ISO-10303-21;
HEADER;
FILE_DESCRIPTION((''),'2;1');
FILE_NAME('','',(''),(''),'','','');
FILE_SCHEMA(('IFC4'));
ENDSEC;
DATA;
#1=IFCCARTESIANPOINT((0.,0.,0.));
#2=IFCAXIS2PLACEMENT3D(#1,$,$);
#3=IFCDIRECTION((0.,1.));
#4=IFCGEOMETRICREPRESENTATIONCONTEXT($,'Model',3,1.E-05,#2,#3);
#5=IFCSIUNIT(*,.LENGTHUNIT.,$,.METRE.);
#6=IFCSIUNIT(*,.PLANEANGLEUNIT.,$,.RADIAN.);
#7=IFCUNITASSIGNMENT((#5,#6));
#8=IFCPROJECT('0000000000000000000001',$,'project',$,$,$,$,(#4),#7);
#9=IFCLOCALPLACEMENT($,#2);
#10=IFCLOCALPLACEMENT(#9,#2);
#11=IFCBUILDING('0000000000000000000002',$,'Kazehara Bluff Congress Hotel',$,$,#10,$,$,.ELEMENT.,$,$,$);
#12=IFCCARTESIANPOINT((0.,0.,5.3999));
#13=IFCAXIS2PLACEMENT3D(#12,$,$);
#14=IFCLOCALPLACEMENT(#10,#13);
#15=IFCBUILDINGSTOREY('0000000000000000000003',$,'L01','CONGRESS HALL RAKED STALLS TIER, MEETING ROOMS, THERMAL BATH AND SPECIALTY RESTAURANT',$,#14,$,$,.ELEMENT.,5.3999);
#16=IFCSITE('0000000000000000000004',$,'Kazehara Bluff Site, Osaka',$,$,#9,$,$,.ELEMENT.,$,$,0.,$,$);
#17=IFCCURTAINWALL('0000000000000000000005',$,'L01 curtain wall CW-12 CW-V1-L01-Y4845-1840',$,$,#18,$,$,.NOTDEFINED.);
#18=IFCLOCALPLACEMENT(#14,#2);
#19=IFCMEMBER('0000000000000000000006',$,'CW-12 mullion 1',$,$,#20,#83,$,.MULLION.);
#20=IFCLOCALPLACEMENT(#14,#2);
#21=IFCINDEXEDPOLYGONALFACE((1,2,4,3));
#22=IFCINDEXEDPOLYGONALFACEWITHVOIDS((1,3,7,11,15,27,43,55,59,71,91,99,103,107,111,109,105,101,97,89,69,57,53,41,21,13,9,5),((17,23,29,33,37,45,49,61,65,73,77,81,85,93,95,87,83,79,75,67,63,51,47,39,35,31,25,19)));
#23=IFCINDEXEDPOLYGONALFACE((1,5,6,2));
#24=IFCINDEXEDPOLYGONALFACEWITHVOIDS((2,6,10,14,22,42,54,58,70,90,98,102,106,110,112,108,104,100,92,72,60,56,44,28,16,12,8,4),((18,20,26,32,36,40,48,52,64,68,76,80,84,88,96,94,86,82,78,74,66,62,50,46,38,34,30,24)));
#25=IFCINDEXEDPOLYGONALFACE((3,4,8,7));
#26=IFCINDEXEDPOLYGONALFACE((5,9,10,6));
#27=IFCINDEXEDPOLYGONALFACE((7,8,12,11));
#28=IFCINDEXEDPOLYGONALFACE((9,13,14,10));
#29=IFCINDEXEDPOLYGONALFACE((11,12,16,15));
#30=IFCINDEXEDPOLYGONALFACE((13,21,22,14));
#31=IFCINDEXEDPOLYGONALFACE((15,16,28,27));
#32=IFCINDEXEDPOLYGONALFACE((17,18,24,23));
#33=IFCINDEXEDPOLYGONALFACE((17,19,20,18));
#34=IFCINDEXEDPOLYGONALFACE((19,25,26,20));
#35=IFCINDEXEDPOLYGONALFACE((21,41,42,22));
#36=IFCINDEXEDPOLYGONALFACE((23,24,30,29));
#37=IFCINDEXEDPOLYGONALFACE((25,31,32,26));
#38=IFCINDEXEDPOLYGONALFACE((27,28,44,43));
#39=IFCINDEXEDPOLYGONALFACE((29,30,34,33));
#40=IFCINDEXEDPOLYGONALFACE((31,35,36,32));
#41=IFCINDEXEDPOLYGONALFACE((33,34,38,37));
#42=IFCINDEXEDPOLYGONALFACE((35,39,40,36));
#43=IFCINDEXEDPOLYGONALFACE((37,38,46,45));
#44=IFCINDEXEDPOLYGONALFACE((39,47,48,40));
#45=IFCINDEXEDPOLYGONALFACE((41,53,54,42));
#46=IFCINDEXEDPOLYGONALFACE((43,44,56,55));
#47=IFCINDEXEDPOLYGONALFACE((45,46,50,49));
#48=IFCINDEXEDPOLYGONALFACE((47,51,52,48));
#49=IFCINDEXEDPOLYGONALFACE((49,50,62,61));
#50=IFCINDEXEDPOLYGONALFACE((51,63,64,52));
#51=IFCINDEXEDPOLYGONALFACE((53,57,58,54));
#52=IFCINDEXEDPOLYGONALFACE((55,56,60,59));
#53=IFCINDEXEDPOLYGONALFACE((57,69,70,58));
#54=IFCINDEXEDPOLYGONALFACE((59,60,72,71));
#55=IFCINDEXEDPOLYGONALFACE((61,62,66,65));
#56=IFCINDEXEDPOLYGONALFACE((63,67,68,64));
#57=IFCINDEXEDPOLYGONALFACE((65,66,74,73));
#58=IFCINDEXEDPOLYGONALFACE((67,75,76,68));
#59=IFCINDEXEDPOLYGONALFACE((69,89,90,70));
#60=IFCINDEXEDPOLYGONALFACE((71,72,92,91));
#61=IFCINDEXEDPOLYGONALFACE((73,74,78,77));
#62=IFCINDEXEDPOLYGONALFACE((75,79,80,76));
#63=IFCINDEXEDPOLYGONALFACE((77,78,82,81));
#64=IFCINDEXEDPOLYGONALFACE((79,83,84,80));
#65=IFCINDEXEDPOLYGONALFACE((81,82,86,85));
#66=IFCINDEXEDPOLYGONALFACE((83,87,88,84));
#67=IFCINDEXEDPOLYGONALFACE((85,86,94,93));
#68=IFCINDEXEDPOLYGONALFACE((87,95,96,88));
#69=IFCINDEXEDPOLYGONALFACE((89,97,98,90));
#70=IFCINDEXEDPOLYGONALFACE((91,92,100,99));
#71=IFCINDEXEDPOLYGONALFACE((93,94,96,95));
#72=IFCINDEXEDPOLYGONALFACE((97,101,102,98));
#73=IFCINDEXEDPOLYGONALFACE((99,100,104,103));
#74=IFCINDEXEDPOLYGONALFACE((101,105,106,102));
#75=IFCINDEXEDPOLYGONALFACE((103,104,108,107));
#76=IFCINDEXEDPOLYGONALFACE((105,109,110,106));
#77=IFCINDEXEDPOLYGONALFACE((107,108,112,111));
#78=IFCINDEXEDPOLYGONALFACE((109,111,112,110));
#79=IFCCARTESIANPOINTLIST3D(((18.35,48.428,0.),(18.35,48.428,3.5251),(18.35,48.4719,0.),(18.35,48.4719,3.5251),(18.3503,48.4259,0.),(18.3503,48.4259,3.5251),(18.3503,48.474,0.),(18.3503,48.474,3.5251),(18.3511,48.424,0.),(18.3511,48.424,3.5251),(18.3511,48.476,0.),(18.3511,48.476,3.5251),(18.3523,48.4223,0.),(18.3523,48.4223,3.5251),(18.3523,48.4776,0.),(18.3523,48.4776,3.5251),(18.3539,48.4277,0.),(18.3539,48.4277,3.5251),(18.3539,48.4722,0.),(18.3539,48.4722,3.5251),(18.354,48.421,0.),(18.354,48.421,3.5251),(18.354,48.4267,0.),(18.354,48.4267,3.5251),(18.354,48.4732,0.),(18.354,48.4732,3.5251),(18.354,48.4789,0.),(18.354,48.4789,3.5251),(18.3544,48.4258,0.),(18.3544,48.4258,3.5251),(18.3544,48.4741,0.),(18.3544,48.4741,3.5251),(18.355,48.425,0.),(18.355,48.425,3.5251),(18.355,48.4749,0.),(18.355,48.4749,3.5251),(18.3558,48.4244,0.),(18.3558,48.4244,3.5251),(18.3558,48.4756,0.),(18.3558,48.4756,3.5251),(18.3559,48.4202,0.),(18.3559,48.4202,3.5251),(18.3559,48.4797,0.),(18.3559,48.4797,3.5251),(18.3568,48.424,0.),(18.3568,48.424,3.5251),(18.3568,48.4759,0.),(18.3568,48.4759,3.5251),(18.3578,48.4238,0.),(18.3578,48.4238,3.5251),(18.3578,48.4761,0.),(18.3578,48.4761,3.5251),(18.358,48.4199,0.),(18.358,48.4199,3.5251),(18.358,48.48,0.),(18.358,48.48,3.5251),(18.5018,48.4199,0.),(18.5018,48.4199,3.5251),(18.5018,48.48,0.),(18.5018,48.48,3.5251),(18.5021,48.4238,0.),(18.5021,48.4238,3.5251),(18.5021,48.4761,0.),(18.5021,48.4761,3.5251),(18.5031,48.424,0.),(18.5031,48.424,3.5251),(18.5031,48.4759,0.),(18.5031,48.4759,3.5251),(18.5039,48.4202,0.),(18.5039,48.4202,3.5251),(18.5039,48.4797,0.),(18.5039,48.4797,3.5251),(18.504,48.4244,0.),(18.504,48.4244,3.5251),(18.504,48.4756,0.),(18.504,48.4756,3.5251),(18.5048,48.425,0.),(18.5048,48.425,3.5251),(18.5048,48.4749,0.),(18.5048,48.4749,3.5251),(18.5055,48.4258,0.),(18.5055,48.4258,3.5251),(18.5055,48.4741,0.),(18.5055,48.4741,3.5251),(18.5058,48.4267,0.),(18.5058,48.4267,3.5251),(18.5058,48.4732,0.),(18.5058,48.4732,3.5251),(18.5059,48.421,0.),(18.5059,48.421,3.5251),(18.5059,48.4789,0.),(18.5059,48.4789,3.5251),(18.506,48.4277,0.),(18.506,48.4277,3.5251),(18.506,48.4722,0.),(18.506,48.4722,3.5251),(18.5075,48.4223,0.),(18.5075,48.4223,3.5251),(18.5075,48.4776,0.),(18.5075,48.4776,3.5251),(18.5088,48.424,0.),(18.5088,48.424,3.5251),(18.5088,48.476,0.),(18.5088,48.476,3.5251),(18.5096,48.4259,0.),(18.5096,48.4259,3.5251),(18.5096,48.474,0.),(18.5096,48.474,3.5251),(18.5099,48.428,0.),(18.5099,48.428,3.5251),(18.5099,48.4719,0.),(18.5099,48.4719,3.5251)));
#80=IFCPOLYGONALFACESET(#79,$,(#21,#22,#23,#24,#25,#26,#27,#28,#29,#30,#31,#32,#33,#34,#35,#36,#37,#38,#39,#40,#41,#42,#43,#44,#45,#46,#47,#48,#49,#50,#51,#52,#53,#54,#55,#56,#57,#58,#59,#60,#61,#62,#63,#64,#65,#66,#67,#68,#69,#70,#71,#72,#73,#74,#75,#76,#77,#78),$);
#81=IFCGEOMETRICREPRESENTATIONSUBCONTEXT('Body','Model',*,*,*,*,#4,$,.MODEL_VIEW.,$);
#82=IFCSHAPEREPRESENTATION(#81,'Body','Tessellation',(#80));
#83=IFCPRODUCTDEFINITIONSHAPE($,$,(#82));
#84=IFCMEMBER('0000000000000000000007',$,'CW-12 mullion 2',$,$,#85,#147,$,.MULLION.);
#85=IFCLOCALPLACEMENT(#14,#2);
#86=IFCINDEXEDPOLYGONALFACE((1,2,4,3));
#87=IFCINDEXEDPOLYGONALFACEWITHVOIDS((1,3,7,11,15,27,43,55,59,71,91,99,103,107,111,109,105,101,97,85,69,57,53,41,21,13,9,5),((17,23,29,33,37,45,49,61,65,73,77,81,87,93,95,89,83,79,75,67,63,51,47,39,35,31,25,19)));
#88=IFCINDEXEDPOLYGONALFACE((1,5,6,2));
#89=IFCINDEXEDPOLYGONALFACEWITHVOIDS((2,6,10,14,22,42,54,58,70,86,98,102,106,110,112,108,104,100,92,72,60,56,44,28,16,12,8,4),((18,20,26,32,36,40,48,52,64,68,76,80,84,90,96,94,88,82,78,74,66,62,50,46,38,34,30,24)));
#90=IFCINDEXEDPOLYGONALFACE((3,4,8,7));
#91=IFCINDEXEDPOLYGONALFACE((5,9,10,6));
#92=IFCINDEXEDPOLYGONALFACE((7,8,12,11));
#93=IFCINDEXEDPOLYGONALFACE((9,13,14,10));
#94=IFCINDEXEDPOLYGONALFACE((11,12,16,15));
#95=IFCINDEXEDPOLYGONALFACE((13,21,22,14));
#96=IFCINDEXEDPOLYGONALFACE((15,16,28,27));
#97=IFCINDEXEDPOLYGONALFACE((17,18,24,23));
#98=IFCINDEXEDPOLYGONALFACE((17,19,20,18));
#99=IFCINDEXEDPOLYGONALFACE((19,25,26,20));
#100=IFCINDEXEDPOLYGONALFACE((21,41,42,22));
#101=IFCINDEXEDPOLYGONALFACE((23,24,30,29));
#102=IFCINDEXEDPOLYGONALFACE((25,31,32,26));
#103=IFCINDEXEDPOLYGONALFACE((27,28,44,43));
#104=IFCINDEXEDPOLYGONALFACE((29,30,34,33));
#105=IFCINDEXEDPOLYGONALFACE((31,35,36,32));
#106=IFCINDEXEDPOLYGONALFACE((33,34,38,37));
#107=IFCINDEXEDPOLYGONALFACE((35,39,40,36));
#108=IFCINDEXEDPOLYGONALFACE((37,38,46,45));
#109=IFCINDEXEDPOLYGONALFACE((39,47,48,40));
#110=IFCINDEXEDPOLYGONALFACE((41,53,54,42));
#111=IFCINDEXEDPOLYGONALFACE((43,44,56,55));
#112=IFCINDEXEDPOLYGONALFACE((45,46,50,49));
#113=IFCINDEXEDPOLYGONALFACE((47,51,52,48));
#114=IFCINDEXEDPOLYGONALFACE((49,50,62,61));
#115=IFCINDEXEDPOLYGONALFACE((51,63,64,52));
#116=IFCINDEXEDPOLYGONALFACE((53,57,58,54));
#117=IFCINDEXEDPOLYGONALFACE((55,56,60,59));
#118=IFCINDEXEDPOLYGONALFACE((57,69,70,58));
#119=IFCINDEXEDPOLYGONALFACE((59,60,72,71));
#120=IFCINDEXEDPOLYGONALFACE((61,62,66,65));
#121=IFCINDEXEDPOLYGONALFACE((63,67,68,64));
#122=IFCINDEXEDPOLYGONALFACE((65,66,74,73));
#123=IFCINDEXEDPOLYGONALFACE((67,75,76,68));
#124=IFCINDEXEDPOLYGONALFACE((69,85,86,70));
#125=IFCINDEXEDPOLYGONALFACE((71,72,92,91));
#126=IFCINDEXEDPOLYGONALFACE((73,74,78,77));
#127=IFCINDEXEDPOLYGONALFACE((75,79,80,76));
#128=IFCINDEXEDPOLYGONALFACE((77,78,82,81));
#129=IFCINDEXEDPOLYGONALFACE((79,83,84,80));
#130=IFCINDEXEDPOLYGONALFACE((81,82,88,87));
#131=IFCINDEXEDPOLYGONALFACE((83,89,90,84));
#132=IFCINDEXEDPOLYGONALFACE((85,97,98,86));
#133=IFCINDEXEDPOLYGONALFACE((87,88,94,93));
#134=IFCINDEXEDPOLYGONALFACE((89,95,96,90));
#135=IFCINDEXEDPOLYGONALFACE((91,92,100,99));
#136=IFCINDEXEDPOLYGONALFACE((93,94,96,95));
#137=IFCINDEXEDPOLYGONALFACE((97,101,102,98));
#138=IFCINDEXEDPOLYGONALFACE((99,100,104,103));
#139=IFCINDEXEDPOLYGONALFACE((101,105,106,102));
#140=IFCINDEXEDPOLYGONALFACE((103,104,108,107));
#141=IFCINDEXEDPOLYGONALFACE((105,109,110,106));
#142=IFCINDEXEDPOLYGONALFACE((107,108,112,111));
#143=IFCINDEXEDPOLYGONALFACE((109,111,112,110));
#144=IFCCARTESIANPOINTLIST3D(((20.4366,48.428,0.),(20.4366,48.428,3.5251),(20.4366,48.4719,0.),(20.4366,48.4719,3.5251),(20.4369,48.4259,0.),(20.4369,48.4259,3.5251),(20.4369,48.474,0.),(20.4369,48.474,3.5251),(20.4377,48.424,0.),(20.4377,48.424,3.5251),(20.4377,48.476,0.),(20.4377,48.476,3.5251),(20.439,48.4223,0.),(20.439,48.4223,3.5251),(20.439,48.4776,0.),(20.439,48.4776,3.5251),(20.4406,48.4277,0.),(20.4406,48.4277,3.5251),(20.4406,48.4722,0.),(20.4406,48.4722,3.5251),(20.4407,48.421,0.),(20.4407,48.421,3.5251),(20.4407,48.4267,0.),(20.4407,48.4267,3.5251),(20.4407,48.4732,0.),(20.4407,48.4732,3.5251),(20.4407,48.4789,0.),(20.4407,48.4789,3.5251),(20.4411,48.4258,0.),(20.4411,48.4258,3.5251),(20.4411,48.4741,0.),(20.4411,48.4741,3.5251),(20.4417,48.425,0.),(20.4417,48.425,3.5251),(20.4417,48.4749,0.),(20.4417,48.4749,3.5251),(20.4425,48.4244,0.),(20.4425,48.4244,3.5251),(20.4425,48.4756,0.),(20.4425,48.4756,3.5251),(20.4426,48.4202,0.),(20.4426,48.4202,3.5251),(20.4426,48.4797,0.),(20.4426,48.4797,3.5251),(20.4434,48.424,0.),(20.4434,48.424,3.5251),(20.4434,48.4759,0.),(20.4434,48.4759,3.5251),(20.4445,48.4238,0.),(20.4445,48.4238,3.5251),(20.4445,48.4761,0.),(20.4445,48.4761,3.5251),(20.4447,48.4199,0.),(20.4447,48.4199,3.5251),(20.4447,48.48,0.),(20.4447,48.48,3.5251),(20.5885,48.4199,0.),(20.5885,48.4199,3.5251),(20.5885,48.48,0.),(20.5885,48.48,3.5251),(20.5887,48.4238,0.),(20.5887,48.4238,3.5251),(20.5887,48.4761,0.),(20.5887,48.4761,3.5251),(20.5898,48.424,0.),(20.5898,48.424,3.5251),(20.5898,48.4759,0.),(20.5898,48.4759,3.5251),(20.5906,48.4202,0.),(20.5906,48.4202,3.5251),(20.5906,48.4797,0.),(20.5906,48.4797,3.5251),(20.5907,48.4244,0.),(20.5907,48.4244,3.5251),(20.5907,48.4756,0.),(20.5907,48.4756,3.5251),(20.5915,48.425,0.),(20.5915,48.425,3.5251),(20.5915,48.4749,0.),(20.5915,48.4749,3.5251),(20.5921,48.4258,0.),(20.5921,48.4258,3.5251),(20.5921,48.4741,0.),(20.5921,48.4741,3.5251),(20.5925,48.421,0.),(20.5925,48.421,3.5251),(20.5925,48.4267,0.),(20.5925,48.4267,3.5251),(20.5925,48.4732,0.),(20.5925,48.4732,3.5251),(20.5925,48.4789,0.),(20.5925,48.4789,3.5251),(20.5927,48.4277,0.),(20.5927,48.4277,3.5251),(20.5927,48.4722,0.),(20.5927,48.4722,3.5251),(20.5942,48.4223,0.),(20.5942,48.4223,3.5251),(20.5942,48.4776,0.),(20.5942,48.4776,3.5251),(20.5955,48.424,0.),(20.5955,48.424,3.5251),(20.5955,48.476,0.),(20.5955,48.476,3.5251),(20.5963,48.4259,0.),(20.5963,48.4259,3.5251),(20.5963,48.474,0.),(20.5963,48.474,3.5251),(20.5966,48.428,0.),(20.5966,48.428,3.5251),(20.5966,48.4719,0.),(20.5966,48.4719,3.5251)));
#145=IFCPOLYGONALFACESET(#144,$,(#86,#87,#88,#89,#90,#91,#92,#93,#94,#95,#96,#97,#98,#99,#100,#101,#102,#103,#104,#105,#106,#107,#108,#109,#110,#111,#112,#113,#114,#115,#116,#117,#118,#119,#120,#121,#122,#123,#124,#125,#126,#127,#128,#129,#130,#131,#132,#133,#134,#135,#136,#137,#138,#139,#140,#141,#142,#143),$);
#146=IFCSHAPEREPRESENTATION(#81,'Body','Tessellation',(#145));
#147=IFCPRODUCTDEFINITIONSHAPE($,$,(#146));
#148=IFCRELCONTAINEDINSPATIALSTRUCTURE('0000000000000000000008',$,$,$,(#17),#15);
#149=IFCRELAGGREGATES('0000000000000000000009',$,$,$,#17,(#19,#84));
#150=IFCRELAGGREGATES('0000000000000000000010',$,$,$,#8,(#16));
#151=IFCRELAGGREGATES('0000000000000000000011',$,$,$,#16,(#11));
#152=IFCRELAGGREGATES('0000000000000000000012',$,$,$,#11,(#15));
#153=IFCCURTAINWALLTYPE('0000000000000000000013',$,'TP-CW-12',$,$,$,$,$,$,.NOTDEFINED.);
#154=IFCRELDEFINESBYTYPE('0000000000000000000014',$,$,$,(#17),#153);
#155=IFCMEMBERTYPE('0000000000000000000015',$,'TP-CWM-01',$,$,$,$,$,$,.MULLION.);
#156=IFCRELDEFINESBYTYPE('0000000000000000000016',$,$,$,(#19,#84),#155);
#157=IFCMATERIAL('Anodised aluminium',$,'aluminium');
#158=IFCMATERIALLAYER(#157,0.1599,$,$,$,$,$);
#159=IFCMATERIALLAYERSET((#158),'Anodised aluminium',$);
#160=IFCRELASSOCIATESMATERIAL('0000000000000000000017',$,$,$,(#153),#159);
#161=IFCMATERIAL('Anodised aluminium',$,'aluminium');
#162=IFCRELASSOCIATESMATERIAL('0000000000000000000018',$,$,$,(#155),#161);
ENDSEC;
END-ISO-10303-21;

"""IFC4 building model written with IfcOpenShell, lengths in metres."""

from ifc_helpers import new_model, si_unit, direction, frame, origin, origin_2d, place, context, subcontext, project, spatial, hollow_rectangle, extrude, material, layer, layer_set, material_profile, profile_set, type_object, element, aggregate, save


model = new_model("IFC4")

# Units and contexts
model_context = context("Model", 3, precision=1e-05, world=origin(), true_north=direction((0.0, 1.0)))
body_context = subcontext(model_context, "Body", "Model", "MODEL_VIEW")
ifc_project = project(units=[si_unit("LENGTHUNIT", "METRE"), si_unit("PLANEANGLEUNIT", "RADIAN")], contexts=[model_context])

# Site, building, storey
site_placement = place(None, origin())
site = spatial("IfcSite", under=ifc_project, at=site_placement, Name="Kazehara Bluff Site, Osaka", CompositionType="ELEMENT", RefElevation=0.0)
building_placement = place(site_placement, origin())
building = spatial("IfcBuilding", under=site, at=building_placement, Name="Kazehara Bluff Congress Hotel", CompositionType="ELEMENT")
storey_placement = place(building_placement, frame((0.0, 0.0, 5.3999)))
storey = spatial("IfcBuildingStorey", under=building, at=storey_placement, Name="L01", Description="CONGRESS HALL RAKED STALLS TIER, MEETING ROOMS, THERMAL BATH AND SPECIALTY RESTAURANT", CompositionType="ELEMENT", Elevation=5.3999)

# Curtain wall, members
ifc_material_1 = material(Name="Anodised aluminium", Category="aluminium")
ifc_layer_1 = layer(ifc_material_1, 0.1599)
ifc_layer_set_1 = layer_set([ifc_layer_1], Name="Anodised aluminium")
curtain_wall_type_1 = type_object("IfcCurtainWallType", Name="TP-CW-12", PredefinedType="NOTDEFINED", material=ifc_layer_set_1)
curtain_wall_1_placement = place(storey_placement, origin())
curtain_wall_1 = element("IfcCurtainWall", 1, at=curtain_wall_1_placement, inside=storey, type_object=curtain_wall_type_1, Name="L01 curtain wall CW-12 CW-V1-L01-Y4845-1840", PredefinedType="NOTDEFINED")
ifc_material_2 = material(Name="Anodised aluminium", Category="aluminium")
ifc_material_profile_1 = material_profile(ifc_material_2, hollow_rectangle(XDim=0.0601, YDim=0.1599, WallThickness=0.0039, InnerFilletRadius=0.0039, OuterFilletRadius=0.0081, at=origin_2d()))
ifc_profile_set_1 = profile_set([ifc_material_profile_1], Name="Anodised aluminium")
member_type_1 = type_object("IfcMemberType", Name="TP-CWM-01", PredefinedType="MULLION", material=ifc_profile_set_1)
member_1_placement = place(storey_placement, frame((18.4299, 48.45, 0.0), z_axis=(0.0, 0.0, 1.0), x_axis=(0.0, 1.0, 0.0)))
member_1 = element("IfcMember", 2, at=member_1_placement, type_object=member_type_1, Name="CW-12 mullion 1", PredefinedType="MULLION", context=body_context, shape_type="SweptSolid", body=[
    extrude(hollow_rectangle(XDim=0.0601, YDim=0.1599, WallThickness=0.0039, InnerFilletRadius=0.0039, OuterFilletRadius=0.0081, at=origin_2d()), origin(), (0.0, 0.0, 1.0), 3.5251),
])
member_2_placement = place(storey_placement, frame((20.5166, 48.45, 0.0), z_axis=(0.0, 0.0, 1.0), x_axis=(0.0, 1.0, 0.0)))
member_2 = element("IfcMember", 3, at=member_2_placement, type_object=member_type_1, Name="CW-12 mullion 2", PredefinedType="MULLION", context=body_context, shape_type="SweptSolid", body=[
    extrude(hollow_rectangle(XDim=0.0601, YDim=0.1599, WallThickness=0.0039, InnerFilletRadius=0.0039, OuterFilletRadius=0.0081, at=origin_2d()), origin(), (0.0, 0.0, 1.0), 3.5251),
])

aggregate(curtain_wall_1, [member_1, member_2])

save(model, "model.ifc")
